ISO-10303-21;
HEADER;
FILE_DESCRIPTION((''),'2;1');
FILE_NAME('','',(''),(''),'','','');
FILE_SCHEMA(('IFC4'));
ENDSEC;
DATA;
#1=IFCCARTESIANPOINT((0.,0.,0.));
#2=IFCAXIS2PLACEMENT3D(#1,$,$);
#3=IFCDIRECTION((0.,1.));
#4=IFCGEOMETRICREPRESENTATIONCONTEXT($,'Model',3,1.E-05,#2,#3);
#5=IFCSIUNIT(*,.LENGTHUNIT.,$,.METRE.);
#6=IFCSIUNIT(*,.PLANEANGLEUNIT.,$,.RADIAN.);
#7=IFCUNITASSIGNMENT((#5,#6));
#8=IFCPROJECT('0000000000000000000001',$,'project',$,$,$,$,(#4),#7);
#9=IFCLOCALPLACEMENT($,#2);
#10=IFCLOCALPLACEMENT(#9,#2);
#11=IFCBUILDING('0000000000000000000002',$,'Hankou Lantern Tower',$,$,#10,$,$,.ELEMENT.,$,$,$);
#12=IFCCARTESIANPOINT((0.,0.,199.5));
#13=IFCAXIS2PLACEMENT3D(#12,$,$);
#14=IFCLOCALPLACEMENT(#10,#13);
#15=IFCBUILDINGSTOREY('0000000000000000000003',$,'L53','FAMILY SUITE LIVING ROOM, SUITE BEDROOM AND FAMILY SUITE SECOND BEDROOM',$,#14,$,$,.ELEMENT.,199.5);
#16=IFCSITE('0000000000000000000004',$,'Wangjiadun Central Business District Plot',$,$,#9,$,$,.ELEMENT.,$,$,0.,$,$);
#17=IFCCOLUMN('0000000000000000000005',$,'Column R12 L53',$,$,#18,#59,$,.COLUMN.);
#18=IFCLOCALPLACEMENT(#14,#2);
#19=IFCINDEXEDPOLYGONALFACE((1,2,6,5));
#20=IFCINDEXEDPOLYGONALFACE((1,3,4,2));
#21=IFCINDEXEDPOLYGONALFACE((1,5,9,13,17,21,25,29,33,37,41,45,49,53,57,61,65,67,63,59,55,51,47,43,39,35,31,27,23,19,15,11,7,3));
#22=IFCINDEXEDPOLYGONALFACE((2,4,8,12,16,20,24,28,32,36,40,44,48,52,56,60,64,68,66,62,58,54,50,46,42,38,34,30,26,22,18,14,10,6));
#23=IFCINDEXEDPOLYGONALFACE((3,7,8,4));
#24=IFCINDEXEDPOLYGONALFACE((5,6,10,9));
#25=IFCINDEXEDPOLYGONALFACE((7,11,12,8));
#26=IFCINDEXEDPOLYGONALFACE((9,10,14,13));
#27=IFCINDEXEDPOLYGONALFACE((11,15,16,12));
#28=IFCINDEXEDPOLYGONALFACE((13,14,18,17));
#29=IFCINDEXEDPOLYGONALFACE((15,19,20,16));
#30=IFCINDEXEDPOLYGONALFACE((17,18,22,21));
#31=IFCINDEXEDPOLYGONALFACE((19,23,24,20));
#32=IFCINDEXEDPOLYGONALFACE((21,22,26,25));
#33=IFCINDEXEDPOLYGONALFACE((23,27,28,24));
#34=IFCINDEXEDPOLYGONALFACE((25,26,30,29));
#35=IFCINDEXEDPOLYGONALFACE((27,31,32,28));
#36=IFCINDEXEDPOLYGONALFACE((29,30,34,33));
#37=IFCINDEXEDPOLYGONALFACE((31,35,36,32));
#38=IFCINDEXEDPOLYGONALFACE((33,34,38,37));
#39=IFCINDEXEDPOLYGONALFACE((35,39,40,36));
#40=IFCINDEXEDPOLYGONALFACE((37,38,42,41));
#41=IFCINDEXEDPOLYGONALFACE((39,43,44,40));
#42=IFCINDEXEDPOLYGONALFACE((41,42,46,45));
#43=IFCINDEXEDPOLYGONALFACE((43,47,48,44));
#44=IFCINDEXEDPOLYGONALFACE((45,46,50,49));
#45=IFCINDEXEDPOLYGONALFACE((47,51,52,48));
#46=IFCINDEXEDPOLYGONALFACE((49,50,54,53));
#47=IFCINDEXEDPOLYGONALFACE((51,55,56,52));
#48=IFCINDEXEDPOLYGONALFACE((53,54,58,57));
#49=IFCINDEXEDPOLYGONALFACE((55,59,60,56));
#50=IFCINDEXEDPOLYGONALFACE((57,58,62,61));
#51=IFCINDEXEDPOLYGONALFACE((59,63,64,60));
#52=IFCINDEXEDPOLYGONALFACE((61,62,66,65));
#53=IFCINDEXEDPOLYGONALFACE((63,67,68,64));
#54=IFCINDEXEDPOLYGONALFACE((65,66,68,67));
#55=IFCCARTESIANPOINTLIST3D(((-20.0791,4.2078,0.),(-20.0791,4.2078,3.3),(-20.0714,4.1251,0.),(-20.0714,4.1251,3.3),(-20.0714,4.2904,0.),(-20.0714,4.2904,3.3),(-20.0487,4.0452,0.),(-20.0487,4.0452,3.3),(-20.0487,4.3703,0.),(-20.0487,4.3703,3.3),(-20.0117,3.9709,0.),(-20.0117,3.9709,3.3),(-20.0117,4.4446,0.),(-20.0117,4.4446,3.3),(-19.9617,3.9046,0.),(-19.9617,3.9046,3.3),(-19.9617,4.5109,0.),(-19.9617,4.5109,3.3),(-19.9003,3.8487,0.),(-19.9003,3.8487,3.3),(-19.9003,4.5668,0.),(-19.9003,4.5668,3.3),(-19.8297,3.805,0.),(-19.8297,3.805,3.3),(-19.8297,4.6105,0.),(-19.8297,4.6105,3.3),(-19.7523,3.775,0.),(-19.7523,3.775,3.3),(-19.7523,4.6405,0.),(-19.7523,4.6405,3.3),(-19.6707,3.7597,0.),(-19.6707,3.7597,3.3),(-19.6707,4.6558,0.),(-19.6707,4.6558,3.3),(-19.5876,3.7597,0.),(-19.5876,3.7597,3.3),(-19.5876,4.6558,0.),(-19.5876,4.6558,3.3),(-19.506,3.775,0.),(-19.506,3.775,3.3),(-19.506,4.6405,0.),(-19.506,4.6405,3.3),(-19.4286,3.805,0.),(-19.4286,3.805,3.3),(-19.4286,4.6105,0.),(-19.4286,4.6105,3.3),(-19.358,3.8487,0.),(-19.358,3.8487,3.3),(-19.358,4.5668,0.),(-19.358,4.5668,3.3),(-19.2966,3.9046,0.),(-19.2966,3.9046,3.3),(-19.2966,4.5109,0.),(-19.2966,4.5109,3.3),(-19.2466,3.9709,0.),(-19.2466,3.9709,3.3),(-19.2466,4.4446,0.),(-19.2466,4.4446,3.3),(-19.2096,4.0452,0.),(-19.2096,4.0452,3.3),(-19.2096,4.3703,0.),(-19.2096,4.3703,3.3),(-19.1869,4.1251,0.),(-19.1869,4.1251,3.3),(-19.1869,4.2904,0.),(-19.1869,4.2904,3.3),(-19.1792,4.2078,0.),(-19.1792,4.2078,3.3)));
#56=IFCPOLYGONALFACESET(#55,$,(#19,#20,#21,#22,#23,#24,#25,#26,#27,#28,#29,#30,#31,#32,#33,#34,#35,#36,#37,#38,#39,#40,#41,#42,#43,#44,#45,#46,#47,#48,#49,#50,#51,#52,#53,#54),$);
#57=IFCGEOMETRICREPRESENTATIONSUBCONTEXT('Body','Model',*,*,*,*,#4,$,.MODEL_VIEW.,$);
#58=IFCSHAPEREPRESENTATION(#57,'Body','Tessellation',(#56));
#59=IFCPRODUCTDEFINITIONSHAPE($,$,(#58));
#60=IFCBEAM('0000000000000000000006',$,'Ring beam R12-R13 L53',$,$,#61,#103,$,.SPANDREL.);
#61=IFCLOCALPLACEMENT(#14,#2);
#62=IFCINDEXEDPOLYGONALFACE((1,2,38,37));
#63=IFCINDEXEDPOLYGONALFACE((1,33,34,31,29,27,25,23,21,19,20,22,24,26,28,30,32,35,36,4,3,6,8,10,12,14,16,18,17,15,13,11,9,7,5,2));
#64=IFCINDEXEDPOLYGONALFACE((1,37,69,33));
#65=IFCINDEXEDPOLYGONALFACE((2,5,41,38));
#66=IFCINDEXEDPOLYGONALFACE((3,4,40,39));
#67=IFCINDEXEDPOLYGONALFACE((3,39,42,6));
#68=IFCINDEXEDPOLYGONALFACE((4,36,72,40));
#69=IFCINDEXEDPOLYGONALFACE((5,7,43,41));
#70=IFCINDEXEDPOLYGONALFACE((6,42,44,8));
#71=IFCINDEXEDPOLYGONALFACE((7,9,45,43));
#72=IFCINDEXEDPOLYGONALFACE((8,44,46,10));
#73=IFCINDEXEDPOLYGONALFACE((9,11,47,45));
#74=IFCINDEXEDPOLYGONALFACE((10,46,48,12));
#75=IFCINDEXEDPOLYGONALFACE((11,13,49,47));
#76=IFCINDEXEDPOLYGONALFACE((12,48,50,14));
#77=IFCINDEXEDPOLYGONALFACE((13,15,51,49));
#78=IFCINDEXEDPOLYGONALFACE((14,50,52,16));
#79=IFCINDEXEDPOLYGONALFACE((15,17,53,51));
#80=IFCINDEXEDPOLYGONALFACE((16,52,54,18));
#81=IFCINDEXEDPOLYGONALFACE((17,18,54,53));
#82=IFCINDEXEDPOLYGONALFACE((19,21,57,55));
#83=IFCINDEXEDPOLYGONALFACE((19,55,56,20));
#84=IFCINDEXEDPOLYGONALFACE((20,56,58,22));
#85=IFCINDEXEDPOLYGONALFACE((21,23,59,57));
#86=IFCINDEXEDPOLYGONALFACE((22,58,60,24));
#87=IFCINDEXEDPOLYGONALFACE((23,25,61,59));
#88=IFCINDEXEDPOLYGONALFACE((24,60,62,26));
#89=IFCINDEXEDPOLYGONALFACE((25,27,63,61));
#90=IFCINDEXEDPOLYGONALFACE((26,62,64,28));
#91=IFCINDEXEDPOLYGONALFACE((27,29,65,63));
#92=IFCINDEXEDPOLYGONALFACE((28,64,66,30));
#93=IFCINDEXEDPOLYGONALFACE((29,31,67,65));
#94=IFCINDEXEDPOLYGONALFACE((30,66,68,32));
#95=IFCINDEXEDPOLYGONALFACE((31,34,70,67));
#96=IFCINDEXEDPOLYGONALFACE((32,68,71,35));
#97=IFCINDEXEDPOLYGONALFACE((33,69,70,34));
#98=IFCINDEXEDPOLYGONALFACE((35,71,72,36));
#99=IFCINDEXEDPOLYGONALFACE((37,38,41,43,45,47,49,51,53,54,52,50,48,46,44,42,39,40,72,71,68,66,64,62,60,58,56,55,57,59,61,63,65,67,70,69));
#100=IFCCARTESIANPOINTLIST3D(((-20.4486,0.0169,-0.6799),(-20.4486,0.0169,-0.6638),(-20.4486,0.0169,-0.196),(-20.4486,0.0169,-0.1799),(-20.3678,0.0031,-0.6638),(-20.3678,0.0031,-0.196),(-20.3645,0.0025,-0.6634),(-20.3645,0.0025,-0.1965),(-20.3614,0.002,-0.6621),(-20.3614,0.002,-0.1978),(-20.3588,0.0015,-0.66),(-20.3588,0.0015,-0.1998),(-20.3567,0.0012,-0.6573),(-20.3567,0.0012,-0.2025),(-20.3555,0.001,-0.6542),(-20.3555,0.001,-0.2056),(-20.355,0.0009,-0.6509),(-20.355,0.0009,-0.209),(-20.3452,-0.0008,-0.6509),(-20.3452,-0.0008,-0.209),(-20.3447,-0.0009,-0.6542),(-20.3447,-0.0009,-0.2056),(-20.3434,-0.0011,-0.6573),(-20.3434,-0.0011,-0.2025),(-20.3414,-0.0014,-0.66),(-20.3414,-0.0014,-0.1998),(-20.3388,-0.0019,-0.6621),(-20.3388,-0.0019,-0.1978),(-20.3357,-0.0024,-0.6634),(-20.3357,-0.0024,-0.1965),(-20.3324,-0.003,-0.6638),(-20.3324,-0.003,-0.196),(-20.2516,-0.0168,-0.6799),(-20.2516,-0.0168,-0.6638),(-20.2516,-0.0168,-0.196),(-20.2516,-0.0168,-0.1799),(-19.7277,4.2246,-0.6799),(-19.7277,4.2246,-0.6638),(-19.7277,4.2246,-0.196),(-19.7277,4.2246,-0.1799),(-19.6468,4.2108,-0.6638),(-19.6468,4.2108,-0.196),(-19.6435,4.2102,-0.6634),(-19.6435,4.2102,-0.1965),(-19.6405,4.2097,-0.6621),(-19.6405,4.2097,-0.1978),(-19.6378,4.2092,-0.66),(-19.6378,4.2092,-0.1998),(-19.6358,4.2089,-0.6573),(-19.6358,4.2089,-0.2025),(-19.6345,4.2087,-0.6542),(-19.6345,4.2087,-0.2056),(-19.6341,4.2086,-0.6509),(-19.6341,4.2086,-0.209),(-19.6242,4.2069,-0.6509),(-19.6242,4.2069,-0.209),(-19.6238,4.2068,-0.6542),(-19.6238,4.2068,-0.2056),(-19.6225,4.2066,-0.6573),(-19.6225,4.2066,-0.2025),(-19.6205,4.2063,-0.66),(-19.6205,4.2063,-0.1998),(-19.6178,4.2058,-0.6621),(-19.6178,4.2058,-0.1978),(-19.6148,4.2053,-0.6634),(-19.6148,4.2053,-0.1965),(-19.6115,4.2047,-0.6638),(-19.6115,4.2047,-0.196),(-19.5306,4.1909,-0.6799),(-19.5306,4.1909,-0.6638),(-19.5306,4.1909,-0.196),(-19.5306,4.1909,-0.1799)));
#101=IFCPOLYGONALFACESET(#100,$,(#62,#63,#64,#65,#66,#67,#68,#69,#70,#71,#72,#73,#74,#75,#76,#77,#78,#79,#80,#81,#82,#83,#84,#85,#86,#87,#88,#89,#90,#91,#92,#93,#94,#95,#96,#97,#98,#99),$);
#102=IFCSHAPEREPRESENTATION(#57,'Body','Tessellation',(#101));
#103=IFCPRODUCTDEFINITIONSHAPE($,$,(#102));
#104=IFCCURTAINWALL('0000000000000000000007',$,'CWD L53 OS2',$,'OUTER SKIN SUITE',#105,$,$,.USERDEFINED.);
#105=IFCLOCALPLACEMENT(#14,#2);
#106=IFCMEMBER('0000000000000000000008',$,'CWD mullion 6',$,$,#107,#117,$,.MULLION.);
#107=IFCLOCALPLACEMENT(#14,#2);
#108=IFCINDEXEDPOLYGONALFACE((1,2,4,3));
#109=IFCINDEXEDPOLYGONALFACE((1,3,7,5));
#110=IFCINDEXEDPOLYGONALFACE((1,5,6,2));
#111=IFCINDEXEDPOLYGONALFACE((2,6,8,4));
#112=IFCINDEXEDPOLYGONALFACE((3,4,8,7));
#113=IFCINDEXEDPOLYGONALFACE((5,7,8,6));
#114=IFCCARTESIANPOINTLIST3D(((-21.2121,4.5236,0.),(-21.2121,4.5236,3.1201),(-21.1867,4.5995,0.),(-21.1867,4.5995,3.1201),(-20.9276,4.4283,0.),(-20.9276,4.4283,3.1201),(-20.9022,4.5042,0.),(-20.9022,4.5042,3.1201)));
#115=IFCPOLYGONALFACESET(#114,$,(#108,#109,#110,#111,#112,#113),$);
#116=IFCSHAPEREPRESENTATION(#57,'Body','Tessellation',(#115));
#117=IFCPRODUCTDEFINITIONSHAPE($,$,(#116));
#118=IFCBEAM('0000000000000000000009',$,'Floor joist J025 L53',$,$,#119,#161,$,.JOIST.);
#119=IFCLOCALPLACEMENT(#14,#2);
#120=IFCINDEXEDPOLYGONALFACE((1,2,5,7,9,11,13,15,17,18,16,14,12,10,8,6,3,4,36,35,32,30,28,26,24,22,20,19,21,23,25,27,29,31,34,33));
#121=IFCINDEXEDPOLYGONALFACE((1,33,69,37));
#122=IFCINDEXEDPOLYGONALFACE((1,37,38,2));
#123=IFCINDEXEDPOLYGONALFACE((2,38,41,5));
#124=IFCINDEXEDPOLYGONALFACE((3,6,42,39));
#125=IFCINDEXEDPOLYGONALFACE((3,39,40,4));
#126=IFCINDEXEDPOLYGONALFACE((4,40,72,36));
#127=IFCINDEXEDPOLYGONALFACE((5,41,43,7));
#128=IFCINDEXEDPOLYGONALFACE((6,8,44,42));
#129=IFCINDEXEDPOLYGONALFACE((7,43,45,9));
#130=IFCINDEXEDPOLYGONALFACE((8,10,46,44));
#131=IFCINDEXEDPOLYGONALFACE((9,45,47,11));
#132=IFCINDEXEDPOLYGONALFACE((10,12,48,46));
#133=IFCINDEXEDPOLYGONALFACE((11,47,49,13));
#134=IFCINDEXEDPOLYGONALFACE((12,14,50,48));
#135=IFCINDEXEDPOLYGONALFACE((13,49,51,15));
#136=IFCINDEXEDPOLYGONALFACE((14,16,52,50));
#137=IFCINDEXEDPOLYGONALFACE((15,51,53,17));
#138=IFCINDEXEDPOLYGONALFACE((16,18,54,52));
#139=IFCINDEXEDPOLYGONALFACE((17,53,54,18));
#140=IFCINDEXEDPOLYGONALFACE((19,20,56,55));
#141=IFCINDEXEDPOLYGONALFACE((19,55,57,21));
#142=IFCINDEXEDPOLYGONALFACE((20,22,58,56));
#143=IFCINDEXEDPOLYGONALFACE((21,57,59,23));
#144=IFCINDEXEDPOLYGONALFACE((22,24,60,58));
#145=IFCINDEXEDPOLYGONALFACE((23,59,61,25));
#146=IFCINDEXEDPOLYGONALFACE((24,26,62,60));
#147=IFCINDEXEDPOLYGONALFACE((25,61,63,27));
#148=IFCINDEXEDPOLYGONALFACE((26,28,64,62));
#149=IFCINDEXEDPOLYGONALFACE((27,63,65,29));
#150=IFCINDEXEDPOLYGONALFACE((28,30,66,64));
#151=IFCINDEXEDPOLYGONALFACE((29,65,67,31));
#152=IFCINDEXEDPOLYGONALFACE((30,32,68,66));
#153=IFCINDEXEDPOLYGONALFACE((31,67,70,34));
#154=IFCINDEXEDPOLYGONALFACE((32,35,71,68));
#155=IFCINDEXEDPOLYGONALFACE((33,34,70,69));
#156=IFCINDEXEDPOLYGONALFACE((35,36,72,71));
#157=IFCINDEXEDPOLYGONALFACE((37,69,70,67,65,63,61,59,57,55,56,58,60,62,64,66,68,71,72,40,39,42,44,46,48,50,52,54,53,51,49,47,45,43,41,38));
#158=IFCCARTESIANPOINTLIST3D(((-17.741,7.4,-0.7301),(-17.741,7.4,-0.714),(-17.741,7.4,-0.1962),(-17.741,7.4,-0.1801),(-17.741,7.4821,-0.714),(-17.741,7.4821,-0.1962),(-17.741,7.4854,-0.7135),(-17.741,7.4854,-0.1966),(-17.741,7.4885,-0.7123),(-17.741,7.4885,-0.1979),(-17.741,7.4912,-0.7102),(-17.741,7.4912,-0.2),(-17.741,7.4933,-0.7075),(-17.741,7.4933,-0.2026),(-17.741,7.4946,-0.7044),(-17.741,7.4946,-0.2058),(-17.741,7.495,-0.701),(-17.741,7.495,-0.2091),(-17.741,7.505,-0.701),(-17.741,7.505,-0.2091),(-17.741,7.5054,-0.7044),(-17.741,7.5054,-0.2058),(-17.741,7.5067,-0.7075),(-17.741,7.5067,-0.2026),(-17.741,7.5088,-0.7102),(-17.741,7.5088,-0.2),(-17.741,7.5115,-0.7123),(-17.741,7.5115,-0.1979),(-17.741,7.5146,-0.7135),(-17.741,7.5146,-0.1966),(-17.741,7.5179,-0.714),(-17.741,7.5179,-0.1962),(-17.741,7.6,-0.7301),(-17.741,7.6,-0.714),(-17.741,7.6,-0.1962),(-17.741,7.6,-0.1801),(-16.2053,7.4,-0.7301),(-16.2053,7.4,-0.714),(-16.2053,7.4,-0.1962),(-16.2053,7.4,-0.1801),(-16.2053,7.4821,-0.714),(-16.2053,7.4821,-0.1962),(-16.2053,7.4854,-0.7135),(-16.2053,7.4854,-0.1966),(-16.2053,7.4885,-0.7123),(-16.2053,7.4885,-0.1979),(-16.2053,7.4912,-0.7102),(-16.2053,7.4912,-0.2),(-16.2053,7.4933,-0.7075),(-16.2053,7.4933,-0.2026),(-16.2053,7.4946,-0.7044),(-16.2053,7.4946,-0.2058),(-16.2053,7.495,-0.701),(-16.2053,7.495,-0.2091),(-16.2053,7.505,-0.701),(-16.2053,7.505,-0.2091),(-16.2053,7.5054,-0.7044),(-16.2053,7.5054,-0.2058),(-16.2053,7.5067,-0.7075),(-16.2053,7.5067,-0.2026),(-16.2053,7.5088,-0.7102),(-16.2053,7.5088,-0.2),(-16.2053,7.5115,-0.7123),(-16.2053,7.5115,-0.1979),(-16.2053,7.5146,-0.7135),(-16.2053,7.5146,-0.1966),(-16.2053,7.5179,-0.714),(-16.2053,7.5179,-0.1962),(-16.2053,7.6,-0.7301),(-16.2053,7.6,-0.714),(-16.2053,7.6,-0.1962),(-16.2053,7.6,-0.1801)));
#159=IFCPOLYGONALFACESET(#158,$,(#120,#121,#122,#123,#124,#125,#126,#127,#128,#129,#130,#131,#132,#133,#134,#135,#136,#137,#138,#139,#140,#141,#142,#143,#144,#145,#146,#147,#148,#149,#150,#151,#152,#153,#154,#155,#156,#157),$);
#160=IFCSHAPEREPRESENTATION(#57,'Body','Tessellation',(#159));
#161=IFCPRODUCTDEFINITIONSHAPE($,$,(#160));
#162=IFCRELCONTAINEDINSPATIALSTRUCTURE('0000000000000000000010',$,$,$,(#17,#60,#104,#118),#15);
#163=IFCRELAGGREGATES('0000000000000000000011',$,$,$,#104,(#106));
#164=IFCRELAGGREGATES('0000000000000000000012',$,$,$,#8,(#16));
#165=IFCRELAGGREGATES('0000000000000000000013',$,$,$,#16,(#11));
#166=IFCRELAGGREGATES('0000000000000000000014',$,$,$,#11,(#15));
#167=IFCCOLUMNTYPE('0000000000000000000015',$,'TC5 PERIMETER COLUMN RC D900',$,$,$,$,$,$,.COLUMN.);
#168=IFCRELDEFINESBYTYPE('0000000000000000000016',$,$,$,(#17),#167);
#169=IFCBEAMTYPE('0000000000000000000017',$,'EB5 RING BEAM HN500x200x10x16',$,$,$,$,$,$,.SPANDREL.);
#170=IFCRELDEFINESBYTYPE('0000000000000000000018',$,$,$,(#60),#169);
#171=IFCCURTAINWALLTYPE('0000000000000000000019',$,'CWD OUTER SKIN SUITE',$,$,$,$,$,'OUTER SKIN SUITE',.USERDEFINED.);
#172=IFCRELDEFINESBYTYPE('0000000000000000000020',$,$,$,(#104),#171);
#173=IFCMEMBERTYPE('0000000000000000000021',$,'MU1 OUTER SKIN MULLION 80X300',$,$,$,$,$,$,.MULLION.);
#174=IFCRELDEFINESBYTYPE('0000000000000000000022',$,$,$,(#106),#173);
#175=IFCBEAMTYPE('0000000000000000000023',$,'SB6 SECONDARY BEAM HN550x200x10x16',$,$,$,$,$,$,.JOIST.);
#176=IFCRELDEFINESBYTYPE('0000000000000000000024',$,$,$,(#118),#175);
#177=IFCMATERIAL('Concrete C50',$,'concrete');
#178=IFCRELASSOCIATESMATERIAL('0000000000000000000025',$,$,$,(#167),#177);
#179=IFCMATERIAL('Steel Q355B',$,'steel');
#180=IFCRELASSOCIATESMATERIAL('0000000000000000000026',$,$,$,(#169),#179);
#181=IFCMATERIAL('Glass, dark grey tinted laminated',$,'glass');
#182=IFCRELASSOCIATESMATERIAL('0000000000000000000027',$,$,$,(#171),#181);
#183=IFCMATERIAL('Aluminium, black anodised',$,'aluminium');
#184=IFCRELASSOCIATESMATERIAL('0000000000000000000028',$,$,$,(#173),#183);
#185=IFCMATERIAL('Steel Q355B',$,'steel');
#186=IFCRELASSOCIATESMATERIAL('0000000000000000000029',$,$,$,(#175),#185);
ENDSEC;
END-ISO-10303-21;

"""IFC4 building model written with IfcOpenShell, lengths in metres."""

from ifc_helpers import new_model, si_unit, direction, frame, origin, origin_2d, place, context, subcontext, project, spatial, rectangle, circle, i_section, extrude, material, material_profile, profile_set, type_object, element, aggregate, save


model = new_model("IFC4")

# Units and contexts
model_context = context("Model", 3, precision=1e-05, world=origin(), true_north=direction((0.0, 1.0)))
body_context = subcontext(model_context, "Body", "Model", "MODEL_VIEW")
ifc_project = project(units=[si_unit("LENGTHUNIT", "METRE"), si_unit("PLANEANGLEUNIT", "RADIAN")], contexts=[model_context])

# Site, building, storey
site_placement = place(None, origin())
site = spatial("IfcSite", under=ifc_project, at=site_placement, Name="Wangjiadun Central Business District Plot", CompositionType="ELEMENT", RefElevation=0.0)
building_placement = place(site_placement, origin())
building = spatial("IfcBuilding", under=site, at=building_placement, Name="Hankou Lantern Tower", CompositionType="ELEMENT")
storey_placement = place(building_placement, frame((0.0, 0.0, 199.5)))
storey = spatial("IfcBuildingStorey", under=building, at=storey_placement, Name="L53", Description="FAMILY SUITE LIVING ROOM, SUITE BEDROOM AND FAMILY SUITE SECOND BEDROOM", CompositionType="ELEMENT", Elevation=199.5)

# Column
ifc_material_1 = material(Name="Concrete C50", Category="concrete")
ifc_material_profile_1 = material_profile(ifc_material_1, circle(Radius=0.45, at=origin_2d()), Name="RC D900")
ifc_profile_set_1 = profile_set([ifc_material_profile_1], Name="Concrete C50")
column_type = type_object("IfcColumnType", Name="TC5 PERIMETER COLUMN RC D900", PredefinedType="COLUMN", material=ifc_profile_set_1)
column_placement = place(storey_placement, frame((-19.6292, 4.2078, 0.0), z_axis=(0.0, 0.0, 1.0), x_axis=(1.0, 0.0, 0.0)))
element("IfcColumn", 1, at=column_placement, inside=storey, type_object=column_type, Name="Column R12 L53", PredefinedType="COLUMN", context=body_context, shape_type="SweptSolid", body=[
    extrude(circle(Radius=0.45, at=origin_2d()), origin(), (0.0, 0.0, 1.0), 3.3),
])

# Beam
ifc_material_2 = material(Name="Steel Q355B", Category="steel")
ifc_material_profile_2 = material_profile(ifc_material_2, i_section(OverallWidth=0.2, OverallDepth=0.5, WebThickness=0.01, FlangeThickness=0.0161, FilletRadius=0.0129, at=origin_2d()), Name="HN500x200x10x16")
ifc_profile_set_2 = profile_set([ifc_material_profile_2], Name="Steel Q355B")
beam_type_1 = type_object("IfcBeamType", Name="EB5 RING BEAM HN500x200x10x16", PredefinedType="SPANDREL", material=ifc_profile_set_2)
beam_1_placement = place(storey_placement, frame((-19.6292, 4.2078, -0.4299), z_axis=(-0.168877, -0.985637, 0.0), x_axis=(0.985637, -0.168877, 0.0)))
element("IfcBeam", 2, at=beam_1_placement, inside=storey, type_object=beam_type_1, Name="Ring beam R12-R13 L53", PredefinedType="SPANDREL", context=body_context, shape_type="SweptSolid", body=[
    extrude(i_section(OverallWidth=0.2, OverallDepth=0.5, WebThickness=0.01, FlangeThickness=0.0161, FilletRadius=0.0129, at=origin_2d()), origin(), (0.0, 0.0, 1.0), 4.269),
])

# Curtain wall, member
ifc_material_3 = material(Name="Glass, dark grey tinted laminated", Category="glass")
curtain_wall_type = type_object("IfcCurtainWallType", Name="CWD OUTER SKIN SUITE", ElementType="OUTER SKIN SUITE", PredefinedType="USERDEFINED", material=ifc_material_3)
curtain_wall_placement = place(storey_placement, origin())
curtain_wall = element("IfcCurtainWall", 3, at=curtain_wall_placement, inside=storey, type_object=curtain_wall_type, Name="CWD L53 OS2", ObjectType="OUTER SKIN SUITE", PredefinedType="USERDEFINED")
ifc_material_4 = material(Name="Aluminium, black anodised", Category="aluminium")
ifc_material_profile_3 = material_profile(ifc_material_4, rectangle(XDim=0.0801, YDim=0.3, at=origin_2d()), Name="MU1 80X300")
ifc_profile_set_3 = profile_set([ifc_material_profile_3], Name="Aluminium, black anodised")
member_type_1 = type_object("IfcMemberType", Name="MU1 OUTER SKIN MULLION 80X300", PredefinedType="MULLION", material=ifc_profile_set_3)
member_1_placement = place(storey_placement, frame((-21.0571, 4.5139, 0.0), z_axis=(0.0, 0.0, 1.0), x_axis=(-0.317596, -0.948226, 0.0)))
member_1 = element("IfcMember", 4, at=member_1_placement, type_object=member_type_1, Name="CWD mullion 6", PredefinedType="MULLION", context=body_context, shape_type="SweptSolid", body=[
    extrude(rectangle(XDim=0.0801, YDim=0.3, at=origin_2d()), origin(), (0.0, 0.0, 1.0), 3.1201),
])

# Beam
ifc_material_5 = material(Name="Steel Q355B", Category="steel")
ifc_material_profile_4 = material_profile(ifc_material_5, i_section(OverallWidth=0.2, OverallDepth=0.55, WebThickness=0.01, FlangeThickness=0.0161, FilletRadius=0.0129, at=origin_2d()), Name="HN550x200x10x16")
ifc_profile_set_4 = profile_set([ifc_material_profile_4], Name="Steel Q355B")
beam_type_2 = type_object("IfcBeamType", Name="SB6 SECONDARY BEAM HN550x200x10x16", PredefinedType="JOIST", material=ifc_profile_set_4)
beam_2_placement = place(storey_placement, frame((-17.741, 7.5, -0.4551), z_axis=(1.0, 0.0, 0.0), x_axis=(0.0, 1.0, 0.0)))
element("IfcBeam", 5, at=beam_2_placement, inside=storey, type_object=beam_type_2, Name="Floor joist J025 L53", PredefinedType="JOIST", context=body_context, shape_type="SweptSolid", body=[
    extrude(i_section(OverallWidth=0.2, OverallDepth=0.55, WebThickness=0.01, FlangeThickness=0.0161, FilletRadius=0.0129, at=origin_2d()), origin(), (0.0, 0.0, 1.0), 1.5356),
])

aggregate(curtain_wall, [member_1])

save(model, "model.ifc")
